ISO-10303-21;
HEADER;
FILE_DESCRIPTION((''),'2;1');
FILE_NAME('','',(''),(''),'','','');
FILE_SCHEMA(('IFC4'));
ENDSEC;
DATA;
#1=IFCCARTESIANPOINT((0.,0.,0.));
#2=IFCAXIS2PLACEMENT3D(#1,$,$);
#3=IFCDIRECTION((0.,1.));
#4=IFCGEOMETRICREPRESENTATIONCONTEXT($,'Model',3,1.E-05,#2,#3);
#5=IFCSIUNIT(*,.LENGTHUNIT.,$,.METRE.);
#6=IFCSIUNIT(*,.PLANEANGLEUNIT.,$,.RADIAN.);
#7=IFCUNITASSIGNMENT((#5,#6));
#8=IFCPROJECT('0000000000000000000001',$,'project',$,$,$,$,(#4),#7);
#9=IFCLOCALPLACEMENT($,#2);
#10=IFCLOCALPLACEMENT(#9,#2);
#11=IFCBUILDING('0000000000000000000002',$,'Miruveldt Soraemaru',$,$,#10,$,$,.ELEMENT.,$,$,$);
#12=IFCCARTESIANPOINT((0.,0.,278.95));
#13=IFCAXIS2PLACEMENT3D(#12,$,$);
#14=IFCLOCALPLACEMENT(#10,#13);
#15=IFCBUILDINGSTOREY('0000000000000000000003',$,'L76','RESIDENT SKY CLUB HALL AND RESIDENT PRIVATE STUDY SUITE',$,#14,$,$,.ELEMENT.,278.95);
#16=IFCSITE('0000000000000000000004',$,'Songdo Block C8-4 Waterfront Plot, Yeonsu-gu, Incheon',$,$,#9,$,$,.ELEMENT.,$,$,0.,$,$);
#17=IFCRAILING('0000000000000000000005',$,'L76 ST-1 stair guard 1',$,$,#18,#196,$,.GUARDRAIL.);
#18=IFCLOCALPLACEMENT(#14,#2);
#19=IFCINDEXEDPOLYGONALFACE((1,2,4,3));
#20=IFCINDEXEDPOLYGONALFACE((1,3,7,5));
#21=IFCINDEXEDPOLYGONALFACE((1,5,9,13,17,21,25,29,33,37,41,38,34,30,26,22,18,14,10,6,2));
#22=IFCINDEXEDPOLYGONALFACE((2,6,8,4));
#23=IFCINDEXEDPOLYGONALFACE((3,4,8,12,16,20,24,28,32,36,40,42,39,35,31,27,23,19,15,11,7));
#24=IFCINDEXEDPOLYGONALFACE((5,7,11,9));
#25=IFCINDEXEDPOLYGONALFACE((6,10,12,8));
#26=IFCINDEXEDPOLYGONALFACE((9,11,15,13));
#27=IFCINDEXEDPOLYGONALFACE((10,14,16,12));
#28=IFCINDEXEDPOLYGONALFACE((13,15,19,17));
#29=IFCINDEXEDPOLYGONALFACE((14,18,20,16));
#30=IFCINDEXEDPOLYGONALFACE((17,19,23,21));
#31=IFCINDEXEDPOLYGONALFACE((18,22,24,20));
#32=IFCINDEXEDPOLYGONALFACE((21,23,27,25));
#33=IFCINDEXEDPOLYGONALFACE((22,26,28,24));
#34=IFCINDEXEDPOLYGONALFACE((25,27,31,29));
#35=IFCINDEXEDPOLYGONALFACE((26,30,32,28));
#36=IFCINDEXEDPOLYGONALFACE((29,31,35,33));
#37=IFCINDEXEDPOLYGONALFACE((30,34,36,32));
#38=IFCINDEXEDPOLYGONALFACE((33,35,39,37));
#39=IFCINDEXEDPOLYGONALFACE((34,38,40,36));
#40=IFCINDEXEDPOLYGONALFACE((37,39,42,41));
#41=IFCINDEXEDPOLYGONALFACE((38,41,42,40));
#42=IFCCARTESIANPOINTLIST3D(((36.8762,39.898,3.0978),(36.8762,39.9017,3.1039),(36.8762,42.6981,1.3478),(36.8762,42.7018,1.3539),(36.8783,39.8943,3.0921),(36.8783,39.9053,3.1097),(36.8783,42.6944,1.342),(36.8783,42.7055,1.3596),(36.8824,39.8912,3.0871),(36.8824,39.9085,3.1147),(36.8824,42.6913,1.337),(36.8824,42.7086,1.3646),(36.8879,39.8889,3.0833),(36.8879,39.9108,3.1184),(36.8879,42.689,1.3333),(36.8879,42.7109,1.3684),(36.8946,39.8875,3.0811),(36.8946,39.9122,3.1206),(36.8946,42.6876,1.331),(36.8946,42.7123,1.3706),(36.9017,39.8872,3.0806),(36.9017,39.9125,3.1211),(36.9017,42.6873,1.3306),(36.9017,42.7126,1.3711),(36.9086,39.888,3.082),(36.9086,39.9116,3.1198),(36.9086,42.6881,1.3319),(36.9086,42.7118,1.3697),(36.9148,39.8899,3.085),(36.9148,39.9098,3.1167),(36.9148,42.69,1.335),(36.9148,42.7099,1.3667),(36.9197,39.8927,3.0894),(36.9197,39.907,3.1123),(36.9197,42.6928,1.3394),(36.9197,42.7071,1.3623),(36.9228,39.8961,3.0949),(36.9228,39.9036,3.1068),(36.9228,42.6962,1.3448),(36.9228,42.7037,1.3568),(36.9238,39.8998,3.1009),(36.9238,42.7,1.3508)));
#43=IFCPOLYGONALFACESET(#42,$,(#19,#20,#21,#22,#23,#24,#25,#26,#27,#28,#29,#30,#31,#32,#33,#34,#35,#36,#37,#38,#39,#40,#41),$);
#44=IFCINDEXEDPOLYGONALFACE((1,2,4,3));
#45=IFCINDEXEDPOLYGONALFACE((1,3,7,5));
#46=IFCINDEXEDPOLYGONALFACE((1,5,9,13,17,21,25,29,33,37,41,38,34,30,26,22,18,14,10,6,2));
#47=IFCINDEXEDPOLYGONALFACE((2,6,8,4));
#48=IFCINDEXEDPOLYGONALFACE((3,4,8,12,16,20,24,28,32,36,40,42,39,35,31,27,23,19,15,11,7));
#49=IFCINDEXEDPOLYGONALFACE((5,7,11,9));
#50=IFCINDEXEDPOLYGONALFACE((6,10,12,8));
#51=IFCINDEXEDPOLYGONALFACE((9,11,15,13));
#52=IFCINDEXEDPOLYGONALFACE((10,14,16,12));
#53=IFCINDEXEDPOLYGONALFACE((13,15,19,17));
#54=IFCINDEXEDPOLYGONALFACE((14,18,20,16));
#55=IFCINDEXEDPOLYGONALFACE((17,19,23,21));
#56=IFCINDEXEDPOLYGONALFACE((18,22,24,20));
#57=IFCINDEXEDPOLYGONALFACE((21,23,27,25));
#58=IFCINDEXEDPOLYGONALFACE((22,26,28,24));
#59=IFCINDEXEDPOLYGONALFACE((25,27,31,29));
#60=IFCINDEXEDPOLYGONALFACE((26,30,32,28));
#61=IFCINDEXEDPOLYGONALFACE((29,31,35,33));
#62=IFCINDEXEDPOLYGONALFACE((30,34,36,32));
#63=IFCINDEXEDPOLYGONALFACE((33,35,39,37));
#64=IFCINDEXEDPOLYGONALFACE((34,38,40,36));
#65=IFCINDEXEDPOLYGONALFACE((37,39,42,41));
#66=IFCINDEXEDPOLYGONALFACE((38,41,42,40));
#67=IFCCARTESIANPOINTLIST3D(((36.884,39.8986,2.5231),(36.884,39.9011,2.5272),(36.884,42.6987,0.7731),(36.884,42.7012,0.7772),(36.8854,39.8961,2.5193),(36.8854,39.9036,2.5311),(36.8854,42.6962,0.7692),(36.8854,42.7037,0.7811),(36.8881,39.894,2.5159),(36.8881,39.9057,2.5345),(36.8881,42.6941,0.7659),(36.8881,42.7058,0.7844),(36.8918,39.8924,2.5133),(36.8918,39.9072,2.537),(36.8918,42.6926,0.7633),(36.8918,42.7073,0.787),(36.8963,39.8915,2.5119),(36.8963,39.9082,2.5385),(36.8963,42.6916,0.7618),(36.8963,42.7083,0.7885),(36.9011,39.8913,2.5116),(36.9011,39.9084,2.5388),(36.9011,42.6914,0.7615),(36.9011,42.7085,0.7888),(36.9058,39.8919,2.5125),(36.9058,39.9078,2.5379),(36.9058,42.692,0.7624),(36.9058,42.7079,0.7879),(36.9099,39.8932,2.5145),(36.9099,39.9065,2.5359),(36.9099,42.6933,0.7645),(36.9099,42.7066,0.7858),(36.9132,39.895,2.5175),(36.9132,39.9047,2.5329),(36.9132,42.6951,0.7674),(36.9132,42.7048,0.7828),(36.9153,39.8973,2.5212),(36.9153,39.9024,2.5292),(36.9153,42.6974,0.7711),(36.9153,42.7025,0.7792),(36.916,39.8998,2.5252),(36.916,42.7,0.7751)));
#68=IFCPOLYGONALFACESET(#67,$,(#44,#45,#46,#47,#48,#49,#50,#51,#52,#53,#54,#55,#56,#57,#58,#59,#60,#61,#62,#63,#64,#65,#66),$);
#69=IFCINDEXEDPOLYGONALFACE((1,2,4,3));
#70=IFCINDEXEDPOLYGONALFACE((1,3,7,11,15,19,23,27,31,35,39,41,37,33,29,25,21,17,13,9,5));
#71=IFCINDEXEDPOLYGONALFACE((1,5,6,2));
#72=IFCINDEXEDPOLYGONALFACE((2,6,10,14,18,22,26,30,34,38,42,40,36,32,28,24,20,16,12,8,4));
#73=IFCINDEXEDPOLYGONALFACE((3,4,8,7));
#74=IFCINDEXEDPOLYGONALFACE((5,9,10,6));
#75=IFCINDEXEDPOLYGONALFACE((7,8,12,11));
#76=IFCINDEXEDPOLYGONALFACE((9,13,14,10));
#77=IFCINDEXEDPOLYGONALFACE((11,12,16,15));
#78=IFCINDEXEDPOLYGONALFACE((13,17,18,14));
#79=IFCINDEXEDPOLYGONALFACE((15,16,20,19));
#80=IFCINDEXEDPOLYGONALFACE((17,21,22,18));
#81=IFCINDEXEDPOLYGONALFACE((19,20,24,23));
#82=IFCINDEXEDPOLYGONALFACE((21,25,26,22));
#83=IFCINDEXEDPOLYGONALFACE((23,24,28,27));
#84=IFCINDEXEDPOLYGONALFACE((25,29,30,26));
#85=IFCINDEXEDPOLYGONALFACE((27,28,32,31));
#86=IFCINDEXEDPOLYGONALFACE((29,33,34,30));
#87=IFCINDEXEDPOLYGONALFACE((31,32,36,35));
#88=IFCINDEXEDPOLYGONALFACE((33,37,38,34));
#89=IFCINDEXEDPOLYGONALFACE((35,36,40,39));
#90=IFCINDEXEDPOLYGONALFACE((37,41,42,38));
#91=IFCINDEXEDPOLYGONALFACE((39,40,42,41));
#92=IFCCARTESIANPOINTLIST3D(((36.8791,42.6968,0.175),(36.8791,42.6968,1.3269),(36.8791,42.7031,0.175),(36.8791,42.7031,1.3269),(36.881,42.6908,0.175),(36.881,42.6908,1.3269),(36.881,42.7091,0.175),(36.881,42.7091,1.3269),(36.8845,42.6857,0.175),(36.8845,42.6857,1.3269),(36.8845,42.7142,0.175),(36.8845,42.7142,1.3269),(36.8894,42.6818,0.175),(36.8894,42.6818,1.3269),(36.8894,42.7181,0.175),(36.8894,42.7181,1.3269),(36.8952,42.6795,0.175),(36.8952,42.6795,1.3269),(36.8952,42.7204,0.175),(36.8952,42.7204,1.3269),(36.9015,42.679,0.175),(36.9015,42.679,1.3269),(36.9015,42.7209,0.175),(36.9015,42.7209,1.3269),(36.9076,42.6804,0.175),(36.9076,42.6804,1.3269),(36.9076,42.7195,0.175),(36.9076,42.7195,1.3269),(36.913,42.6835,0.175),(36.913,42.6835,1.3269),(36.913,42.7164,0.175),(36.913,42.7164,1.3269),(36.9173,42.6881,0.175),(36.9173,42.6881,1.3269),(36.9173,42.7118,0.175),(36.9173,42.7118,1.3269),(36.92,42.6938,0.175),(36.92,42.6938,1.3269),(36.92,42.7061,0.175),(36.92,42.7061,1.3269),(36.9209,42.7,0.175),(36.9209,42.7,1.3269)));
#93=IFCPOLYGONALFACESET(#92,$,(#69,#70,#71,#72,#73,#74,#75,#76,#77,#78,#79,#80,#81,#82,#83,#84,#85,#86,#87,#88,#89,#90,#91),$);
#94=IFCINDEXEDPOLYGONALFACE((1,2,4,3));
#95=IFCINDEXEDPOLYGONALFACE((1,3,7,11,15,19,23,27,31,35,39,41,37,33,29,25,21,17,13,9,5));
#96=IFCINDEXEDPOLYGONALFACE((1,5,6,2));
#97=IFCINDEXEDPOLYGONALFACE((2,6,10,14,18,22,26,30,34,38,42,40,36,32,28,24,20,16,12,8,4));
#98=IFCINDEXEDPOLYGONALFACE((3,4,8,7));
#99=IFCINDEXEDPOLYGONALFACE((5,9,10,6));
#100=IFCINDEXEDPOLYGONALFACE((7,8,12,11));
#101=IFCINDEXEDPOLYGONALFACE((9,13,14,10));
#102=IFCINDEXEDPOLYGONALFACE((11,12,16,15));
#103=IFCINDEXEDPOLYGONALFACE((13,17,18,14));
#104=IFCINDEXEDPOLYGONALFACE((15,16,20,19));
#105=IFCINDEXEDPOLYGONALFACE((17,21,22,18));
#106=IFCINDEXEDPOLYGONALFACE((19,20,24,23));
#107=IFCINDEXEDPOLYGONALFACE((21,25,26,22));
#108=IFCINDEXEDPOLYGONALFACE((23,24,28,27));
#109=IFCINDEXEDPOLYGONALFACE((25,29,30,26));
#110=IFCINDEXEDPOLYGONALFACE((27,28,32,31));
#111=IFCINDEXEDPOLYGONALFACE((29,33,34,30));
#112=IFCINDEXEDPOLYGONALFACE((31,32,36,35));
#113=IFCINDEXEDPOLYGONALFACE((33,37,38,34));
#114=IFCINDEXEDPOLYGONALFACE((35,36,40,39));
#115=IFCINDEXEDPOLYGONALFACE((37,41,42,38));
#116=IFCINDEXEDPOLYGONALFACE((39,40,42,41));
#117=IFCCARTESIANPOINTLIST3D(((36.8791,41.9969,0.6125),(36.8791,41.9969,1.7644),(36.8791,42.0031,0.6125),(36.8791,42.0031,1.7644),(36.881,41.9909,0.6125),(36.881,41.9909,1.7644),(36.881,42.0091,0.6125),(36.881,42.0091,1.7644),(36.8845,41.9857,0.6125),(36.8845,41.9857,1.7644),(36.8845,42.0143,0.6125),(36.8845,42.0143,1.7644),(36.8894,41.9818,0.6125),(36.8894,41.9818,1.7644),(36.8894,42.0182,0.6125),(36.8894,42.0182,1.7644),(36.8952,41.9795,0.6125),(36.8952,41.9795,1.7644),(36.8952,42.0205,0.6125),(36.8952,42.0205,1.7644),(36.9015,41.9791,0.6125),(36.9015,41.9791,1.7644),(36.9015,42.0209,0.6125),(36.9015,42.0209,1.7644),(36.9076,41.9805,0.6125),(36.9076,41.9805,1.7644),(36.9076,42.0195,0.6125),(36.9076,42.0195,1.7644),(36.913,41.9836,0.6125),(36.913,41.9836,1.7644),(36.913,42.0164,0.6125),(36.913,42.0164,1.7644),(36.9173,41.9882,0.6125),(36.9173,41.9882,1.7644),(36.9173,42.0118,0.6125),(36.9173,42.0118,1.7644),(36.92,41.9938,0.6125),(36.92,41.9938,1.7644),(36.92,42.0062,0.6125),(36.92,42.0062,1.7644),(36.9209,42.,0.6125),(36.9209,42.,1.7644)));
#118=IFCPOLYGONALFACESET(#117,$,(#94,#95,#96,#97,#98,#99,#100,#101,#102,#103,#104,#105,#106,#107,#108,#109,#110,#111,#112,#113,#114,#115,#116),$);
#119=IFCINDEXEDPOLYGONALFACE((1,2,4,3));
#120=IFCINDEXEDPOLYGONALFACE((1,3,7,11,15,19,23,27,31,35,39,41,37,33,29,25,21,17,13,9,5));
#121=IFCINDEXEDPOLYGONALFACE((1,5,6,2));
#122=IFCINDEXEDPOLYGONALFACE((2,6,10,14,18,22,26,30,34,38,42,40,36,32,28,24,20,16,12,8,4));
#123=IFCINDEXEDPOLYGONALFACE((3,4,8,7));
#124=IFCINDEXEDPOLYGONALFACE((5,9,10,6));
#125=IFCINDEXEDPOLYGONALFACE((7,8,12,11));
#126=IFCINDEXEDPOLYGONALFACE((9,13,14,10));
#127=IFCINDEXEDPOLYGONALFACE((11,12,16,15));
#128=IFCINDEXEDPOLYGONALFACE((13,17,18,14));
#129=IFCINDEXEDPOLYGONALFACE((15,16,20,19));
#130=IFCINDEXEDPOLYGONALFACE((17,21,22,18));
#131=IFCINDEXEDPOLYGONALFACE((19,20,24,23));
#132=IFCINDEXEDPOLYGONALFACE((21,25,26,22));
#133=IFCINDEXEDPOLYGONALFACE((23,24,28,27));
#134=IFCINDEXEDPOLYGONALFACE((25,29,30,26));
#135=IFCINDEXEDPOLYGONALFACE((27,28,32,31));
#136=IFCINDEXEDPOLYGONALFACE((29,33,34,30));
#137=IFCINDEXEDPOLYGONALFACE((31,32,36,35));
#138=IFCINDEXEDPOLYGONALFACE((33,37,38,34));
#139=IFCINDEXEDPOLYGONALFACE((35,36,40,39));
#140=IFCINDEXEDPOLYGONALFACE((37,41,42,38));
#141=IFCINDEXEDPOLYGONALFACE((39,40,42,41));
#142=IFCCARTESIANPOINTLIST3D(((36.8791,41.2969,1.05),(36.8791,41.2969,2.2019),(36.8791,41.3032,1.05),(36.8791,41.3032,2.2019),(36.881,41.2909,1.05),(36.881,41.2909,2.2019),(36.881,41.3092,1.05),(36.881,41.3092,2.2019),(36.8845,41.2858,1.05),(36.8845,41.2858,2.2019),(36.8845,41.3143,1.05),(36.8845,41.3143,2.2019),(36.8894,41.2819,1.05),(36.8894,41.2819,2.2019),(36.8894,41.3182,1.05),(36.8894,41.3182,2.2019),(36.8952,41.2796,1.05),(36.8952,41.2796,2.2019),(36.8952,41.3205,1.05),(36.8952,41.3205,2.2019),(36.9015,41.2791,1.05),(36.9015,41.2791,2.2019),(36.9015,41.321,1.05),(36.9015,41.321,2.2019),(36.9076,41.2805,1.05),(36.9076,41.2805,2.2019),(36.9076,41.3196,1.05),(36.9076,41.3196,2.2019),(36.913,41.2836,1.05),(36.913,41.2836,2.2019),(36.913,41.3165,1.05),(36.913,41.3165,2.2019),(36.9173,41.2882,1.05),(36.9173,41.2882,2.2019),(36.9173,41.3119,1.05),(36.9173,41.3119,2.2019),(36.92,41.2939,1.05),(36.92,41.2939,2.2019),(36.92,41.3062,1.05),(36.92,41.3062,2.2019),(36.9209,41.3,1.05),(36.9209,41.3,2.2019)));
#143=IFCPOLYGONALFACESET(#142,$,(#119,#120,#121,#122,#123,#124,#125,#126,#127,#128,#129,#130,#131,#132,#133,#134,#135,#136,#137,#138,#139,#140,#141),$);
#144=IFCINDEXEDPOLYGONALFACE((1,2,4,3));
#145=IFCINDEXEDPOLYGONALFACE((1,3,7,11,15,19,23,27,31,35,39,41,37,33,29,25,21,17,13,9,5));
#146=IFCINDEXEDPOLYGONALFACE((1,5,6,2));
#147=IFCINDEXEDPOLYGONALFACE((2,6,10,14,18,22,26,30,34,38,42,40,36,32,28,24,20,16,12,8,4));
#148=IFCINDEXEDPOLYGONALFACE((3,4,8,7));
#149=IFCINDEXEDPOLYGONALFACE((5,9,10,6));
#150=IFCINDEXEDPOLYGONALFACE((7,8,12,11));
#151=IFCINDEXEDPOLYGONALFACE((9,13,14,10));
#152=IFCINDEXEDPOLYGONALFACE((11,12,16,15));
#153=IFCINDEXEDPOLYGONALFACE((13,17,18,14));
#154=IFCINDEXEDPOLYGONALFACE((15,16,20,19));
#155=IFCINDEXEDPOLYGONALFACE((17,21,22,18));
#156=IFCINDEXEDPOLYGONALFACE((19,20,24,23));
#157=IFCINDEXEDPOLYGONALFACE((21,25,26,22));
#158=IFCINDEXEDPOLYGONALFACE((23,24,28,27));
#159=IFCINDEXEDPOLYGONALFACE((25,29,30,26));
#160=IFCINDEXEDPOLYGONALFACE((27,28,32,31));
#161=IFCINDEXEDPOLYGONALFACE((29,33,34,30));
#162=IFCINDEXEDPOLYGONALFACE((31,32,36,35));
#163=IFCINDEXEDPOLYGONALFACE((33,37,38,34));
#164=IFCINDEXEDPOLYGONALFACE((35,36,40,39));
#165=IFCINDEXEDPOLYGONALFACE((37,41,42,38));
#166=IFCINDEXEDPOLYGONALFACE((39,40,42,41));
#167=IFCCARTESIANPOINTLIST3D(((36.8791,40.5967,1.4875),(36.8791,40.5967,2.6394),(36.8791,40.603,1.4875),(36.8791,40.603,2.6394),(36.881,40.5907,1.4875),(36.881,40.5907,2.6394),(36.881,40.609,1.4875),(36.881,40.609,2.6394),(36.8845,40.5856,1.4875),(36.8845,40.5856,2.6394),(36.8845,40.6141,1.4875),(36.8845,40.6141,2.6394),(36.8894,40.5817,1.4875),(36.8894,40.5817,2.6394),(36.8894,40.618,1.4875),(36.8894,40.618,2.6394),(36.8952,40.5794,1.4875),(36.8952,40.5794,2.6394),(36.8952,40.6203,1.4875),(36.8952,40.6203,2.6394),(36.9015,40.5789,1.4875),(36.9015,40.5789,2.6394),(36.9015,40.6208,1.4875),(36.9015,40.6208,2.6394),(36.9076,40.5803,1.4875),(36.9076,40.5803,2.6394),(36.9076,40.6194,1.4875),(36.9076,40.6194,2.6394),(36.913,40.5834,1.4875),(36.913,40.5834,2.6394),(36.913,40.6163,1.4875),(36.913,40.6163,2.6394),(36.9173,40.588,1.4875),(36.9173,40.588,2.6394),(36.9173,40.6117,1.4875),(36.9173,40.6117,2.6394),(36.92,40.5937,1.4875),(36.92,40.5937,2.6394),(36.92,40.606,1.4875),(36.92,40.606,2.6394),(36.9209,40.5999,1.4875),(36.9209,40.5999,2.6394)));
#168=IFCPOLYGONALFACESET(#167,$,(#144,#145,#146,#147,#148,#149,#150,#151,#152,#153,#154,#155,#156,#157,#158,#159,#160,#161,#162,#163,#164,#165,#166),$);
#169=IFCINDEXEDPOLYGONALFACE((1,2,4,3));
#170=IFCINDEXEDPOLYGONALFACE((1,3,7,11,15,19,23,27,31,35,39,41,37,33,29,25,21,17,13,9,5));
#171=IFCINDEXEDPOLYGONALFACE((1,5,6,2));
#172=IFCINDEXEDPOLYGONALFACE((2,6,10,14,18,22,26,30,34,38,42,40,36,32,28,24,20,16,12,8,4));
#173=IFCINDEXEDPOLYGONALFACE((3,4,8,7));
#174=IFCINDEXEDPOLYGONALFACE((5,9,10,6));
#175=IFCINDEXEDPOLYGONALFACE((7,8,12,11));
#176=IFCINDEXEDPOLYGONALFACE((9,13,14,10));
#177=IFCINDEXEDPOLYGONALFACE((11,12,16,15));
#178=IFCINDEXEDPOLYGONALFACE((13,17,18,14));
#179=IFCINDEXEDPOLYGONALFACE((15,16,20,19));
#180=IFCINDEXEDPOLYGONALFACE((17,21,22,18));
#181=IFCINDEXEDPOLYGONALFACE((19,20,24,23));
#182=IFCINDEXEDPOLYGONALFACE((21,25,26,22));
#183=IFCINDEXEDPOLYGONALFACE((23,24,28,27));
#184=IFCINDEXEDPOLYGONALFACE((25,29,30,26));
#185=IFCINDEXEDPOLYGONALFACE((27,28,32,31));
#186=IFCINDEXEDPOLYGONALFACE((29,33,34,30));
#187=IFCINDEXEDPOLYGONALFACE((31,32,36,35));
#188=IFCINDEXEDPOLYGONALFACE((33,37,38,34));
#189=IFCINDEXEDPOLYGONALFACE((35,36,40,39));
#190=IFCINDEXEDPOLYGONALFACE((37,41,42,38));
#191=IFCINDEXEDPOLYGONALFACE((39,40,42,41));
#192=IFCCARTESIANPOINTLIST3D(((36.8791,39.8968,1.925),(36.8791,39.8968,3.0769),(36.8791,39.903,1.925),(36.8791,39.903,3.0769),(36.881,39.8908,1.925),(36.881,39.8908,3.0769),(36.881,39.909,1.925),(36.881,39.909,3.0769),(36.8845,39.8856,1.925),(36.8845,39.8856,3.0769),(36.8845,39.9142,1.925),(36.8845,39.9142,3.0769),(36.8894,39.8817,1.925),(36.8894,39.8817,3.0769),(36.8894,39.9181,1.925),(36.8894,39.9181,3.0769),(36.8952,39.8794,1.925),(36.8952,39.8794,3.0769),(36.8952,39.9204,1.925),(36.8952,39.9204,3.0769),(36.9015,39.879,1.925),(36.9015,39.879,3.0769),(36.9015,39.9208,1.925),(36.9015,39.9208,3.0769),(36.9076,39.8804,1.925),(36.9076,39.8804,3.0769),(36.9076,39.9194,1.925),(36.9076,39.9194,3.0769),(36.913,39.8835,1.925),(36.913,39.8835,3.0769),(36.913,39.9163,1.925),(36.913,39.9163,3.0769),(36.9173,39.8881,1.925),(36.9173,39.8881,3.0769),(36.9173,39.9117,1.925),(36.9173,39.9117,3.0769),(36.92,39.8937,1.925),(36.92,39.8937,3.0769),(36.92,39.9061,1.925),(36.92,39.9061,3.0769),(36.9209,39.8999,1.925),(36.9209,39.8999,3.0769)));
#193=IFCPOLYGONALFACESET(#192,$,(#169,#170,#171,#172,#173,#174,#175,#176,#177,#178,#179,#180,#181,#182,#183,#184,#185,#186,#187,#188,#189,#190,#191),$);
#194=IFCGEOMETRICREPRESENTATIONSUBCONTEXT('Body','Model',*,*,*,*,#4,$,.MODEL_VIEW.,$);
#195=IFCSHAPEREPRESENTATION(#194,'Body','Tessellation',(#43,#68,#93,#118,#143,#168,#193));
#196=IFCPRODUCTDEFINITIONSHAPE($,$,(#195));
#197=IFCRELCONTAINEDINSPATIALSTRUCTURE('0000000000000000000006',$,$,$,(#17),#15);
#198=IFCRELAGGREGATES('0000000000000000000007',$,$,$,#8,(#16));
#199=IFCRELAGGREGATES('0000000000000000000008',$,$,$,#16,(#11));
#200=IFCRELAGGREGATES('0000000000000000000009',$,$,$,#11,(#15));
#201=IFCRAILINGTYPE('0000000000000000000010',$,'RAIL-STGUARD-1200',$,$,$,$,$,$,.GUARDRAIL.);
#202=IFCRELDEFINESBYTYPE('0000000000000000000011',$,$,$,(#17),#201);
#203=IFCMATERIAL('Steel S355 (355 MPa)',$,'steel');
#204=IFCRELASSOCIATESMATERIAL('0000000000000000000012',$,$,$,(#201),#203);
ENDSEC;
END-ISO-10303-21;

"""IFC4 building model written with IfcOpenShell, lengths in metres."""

from ifc_helpers import new_model, si_unit, direction, frame, origin, origin_2d, place, context, subcontext, project, spatial, circle, extrude, material, type_object, element, save


model = new_model("IFC4")

# Units and contexts
model_context = context("Model", 3, precision=1e-05, world=origin(), true_north=direction((0.0, 1.0)))
body_context = subcontext(model_context, "Body", "Model", "MODEL_VIEW")
ifc_project = project(units=[si_unit("LENGTHUNIT", "METRE"), si_unit("PLANEANGLEUNIT", "RADIAN")], contexts=[model_context])

# Site, building, storey
site_placement = place(None, origin())
site = spatial("IfcSite", under=ifc_project, at=site_placement, Name="Songdo Block C8-4 Waterfront Plot, Yeonsu-gu, Incheon", CompositionType="ELEMENT", RefElevation=0.0)
building_placement = place(site_placement, origin())
building = spatial("IfcBuilding", under=site, at=building_placement, Name="Miruveldt Soraemaru", CompositionType="ELEMENT")
storey_placement = place(building_placement, frame((0.0, 0.0, 278.95)))
storey = spatial("IfcBuildingStorey", under=building, at=storey_placement, Name="L76", Description="RESIDENT SKY CLUB HALL AND RESIDENT PRIVATE STUDY SUITE", CompositionType="ELEMENT", Elevation=278.95)

# Railing
ifc_material_1 = material(Name="Steel S355 (355 MPa)", Category="steel")
railing_type_1 = type_object("IfcRailingType", Name="RAIL-STGUARD-1200", PredefinedType="GUARDRAIL", material=ifc_material_1)
railing_1_placement = place(storey_placement, frame((36.8999, 42.7, 0.175)))
element("IfcRailing", 1, at=railing_1_placement, inside=storey, type_object=railing_type_1, Name="L76 ST-1 stair guard 1", PredefinedType="GUARDRAIL", context=body_context, shape_type="SweptSolid", body=[
    extrude(circle(Radius=0.0239, at=origin_2d()), frame((0.0, 0.0, 1.1758), z_axis=(0.0, -0.848002, 0.529992), x_axis=(1.0, 0.0, 0.0)), (0.0, 0.0, 1.0), 3.302),
    extrude(circle(Radius=0.0161, at=origin_2d()), frame((0.0, 0.0, 0.6001), z_axis=(0.0, -0.848002, 0.529992), x_axis=(1.0, 0.0, 0.0)), (0.0, 0.0, 1.0), 3.302),
    extrude(circle(Radius=0.021, at=origin_2d()), origin(), (0.0, 0.0, 1.0), 1.1519),
    extrude(circle(Radius=0.021, at=origin_2d()), frame((0.0, -0.7, 0.4375)), (0.0, 0.0, 1.0), 1.1519),
    extrude(circle(Radius=0.021, at=origin_2d()), frame((0.0, -1.3999, 0.875)), (0.0, 0.0, 1.0), 1.1519),
    extrude(circle(Radius=0.021, at=origin_2d()), frame((0.0, -2.1001, 1.3125)), (0.0, 0.0, 1.0), 1.1519),
    extrude(circle(Radius=0.021, at=origin_2d()), frame((0.0, -2.8, 1.75)), (0.0, 0.0, 1.0), 1.1519),
])

save(model, "model.ifc")
